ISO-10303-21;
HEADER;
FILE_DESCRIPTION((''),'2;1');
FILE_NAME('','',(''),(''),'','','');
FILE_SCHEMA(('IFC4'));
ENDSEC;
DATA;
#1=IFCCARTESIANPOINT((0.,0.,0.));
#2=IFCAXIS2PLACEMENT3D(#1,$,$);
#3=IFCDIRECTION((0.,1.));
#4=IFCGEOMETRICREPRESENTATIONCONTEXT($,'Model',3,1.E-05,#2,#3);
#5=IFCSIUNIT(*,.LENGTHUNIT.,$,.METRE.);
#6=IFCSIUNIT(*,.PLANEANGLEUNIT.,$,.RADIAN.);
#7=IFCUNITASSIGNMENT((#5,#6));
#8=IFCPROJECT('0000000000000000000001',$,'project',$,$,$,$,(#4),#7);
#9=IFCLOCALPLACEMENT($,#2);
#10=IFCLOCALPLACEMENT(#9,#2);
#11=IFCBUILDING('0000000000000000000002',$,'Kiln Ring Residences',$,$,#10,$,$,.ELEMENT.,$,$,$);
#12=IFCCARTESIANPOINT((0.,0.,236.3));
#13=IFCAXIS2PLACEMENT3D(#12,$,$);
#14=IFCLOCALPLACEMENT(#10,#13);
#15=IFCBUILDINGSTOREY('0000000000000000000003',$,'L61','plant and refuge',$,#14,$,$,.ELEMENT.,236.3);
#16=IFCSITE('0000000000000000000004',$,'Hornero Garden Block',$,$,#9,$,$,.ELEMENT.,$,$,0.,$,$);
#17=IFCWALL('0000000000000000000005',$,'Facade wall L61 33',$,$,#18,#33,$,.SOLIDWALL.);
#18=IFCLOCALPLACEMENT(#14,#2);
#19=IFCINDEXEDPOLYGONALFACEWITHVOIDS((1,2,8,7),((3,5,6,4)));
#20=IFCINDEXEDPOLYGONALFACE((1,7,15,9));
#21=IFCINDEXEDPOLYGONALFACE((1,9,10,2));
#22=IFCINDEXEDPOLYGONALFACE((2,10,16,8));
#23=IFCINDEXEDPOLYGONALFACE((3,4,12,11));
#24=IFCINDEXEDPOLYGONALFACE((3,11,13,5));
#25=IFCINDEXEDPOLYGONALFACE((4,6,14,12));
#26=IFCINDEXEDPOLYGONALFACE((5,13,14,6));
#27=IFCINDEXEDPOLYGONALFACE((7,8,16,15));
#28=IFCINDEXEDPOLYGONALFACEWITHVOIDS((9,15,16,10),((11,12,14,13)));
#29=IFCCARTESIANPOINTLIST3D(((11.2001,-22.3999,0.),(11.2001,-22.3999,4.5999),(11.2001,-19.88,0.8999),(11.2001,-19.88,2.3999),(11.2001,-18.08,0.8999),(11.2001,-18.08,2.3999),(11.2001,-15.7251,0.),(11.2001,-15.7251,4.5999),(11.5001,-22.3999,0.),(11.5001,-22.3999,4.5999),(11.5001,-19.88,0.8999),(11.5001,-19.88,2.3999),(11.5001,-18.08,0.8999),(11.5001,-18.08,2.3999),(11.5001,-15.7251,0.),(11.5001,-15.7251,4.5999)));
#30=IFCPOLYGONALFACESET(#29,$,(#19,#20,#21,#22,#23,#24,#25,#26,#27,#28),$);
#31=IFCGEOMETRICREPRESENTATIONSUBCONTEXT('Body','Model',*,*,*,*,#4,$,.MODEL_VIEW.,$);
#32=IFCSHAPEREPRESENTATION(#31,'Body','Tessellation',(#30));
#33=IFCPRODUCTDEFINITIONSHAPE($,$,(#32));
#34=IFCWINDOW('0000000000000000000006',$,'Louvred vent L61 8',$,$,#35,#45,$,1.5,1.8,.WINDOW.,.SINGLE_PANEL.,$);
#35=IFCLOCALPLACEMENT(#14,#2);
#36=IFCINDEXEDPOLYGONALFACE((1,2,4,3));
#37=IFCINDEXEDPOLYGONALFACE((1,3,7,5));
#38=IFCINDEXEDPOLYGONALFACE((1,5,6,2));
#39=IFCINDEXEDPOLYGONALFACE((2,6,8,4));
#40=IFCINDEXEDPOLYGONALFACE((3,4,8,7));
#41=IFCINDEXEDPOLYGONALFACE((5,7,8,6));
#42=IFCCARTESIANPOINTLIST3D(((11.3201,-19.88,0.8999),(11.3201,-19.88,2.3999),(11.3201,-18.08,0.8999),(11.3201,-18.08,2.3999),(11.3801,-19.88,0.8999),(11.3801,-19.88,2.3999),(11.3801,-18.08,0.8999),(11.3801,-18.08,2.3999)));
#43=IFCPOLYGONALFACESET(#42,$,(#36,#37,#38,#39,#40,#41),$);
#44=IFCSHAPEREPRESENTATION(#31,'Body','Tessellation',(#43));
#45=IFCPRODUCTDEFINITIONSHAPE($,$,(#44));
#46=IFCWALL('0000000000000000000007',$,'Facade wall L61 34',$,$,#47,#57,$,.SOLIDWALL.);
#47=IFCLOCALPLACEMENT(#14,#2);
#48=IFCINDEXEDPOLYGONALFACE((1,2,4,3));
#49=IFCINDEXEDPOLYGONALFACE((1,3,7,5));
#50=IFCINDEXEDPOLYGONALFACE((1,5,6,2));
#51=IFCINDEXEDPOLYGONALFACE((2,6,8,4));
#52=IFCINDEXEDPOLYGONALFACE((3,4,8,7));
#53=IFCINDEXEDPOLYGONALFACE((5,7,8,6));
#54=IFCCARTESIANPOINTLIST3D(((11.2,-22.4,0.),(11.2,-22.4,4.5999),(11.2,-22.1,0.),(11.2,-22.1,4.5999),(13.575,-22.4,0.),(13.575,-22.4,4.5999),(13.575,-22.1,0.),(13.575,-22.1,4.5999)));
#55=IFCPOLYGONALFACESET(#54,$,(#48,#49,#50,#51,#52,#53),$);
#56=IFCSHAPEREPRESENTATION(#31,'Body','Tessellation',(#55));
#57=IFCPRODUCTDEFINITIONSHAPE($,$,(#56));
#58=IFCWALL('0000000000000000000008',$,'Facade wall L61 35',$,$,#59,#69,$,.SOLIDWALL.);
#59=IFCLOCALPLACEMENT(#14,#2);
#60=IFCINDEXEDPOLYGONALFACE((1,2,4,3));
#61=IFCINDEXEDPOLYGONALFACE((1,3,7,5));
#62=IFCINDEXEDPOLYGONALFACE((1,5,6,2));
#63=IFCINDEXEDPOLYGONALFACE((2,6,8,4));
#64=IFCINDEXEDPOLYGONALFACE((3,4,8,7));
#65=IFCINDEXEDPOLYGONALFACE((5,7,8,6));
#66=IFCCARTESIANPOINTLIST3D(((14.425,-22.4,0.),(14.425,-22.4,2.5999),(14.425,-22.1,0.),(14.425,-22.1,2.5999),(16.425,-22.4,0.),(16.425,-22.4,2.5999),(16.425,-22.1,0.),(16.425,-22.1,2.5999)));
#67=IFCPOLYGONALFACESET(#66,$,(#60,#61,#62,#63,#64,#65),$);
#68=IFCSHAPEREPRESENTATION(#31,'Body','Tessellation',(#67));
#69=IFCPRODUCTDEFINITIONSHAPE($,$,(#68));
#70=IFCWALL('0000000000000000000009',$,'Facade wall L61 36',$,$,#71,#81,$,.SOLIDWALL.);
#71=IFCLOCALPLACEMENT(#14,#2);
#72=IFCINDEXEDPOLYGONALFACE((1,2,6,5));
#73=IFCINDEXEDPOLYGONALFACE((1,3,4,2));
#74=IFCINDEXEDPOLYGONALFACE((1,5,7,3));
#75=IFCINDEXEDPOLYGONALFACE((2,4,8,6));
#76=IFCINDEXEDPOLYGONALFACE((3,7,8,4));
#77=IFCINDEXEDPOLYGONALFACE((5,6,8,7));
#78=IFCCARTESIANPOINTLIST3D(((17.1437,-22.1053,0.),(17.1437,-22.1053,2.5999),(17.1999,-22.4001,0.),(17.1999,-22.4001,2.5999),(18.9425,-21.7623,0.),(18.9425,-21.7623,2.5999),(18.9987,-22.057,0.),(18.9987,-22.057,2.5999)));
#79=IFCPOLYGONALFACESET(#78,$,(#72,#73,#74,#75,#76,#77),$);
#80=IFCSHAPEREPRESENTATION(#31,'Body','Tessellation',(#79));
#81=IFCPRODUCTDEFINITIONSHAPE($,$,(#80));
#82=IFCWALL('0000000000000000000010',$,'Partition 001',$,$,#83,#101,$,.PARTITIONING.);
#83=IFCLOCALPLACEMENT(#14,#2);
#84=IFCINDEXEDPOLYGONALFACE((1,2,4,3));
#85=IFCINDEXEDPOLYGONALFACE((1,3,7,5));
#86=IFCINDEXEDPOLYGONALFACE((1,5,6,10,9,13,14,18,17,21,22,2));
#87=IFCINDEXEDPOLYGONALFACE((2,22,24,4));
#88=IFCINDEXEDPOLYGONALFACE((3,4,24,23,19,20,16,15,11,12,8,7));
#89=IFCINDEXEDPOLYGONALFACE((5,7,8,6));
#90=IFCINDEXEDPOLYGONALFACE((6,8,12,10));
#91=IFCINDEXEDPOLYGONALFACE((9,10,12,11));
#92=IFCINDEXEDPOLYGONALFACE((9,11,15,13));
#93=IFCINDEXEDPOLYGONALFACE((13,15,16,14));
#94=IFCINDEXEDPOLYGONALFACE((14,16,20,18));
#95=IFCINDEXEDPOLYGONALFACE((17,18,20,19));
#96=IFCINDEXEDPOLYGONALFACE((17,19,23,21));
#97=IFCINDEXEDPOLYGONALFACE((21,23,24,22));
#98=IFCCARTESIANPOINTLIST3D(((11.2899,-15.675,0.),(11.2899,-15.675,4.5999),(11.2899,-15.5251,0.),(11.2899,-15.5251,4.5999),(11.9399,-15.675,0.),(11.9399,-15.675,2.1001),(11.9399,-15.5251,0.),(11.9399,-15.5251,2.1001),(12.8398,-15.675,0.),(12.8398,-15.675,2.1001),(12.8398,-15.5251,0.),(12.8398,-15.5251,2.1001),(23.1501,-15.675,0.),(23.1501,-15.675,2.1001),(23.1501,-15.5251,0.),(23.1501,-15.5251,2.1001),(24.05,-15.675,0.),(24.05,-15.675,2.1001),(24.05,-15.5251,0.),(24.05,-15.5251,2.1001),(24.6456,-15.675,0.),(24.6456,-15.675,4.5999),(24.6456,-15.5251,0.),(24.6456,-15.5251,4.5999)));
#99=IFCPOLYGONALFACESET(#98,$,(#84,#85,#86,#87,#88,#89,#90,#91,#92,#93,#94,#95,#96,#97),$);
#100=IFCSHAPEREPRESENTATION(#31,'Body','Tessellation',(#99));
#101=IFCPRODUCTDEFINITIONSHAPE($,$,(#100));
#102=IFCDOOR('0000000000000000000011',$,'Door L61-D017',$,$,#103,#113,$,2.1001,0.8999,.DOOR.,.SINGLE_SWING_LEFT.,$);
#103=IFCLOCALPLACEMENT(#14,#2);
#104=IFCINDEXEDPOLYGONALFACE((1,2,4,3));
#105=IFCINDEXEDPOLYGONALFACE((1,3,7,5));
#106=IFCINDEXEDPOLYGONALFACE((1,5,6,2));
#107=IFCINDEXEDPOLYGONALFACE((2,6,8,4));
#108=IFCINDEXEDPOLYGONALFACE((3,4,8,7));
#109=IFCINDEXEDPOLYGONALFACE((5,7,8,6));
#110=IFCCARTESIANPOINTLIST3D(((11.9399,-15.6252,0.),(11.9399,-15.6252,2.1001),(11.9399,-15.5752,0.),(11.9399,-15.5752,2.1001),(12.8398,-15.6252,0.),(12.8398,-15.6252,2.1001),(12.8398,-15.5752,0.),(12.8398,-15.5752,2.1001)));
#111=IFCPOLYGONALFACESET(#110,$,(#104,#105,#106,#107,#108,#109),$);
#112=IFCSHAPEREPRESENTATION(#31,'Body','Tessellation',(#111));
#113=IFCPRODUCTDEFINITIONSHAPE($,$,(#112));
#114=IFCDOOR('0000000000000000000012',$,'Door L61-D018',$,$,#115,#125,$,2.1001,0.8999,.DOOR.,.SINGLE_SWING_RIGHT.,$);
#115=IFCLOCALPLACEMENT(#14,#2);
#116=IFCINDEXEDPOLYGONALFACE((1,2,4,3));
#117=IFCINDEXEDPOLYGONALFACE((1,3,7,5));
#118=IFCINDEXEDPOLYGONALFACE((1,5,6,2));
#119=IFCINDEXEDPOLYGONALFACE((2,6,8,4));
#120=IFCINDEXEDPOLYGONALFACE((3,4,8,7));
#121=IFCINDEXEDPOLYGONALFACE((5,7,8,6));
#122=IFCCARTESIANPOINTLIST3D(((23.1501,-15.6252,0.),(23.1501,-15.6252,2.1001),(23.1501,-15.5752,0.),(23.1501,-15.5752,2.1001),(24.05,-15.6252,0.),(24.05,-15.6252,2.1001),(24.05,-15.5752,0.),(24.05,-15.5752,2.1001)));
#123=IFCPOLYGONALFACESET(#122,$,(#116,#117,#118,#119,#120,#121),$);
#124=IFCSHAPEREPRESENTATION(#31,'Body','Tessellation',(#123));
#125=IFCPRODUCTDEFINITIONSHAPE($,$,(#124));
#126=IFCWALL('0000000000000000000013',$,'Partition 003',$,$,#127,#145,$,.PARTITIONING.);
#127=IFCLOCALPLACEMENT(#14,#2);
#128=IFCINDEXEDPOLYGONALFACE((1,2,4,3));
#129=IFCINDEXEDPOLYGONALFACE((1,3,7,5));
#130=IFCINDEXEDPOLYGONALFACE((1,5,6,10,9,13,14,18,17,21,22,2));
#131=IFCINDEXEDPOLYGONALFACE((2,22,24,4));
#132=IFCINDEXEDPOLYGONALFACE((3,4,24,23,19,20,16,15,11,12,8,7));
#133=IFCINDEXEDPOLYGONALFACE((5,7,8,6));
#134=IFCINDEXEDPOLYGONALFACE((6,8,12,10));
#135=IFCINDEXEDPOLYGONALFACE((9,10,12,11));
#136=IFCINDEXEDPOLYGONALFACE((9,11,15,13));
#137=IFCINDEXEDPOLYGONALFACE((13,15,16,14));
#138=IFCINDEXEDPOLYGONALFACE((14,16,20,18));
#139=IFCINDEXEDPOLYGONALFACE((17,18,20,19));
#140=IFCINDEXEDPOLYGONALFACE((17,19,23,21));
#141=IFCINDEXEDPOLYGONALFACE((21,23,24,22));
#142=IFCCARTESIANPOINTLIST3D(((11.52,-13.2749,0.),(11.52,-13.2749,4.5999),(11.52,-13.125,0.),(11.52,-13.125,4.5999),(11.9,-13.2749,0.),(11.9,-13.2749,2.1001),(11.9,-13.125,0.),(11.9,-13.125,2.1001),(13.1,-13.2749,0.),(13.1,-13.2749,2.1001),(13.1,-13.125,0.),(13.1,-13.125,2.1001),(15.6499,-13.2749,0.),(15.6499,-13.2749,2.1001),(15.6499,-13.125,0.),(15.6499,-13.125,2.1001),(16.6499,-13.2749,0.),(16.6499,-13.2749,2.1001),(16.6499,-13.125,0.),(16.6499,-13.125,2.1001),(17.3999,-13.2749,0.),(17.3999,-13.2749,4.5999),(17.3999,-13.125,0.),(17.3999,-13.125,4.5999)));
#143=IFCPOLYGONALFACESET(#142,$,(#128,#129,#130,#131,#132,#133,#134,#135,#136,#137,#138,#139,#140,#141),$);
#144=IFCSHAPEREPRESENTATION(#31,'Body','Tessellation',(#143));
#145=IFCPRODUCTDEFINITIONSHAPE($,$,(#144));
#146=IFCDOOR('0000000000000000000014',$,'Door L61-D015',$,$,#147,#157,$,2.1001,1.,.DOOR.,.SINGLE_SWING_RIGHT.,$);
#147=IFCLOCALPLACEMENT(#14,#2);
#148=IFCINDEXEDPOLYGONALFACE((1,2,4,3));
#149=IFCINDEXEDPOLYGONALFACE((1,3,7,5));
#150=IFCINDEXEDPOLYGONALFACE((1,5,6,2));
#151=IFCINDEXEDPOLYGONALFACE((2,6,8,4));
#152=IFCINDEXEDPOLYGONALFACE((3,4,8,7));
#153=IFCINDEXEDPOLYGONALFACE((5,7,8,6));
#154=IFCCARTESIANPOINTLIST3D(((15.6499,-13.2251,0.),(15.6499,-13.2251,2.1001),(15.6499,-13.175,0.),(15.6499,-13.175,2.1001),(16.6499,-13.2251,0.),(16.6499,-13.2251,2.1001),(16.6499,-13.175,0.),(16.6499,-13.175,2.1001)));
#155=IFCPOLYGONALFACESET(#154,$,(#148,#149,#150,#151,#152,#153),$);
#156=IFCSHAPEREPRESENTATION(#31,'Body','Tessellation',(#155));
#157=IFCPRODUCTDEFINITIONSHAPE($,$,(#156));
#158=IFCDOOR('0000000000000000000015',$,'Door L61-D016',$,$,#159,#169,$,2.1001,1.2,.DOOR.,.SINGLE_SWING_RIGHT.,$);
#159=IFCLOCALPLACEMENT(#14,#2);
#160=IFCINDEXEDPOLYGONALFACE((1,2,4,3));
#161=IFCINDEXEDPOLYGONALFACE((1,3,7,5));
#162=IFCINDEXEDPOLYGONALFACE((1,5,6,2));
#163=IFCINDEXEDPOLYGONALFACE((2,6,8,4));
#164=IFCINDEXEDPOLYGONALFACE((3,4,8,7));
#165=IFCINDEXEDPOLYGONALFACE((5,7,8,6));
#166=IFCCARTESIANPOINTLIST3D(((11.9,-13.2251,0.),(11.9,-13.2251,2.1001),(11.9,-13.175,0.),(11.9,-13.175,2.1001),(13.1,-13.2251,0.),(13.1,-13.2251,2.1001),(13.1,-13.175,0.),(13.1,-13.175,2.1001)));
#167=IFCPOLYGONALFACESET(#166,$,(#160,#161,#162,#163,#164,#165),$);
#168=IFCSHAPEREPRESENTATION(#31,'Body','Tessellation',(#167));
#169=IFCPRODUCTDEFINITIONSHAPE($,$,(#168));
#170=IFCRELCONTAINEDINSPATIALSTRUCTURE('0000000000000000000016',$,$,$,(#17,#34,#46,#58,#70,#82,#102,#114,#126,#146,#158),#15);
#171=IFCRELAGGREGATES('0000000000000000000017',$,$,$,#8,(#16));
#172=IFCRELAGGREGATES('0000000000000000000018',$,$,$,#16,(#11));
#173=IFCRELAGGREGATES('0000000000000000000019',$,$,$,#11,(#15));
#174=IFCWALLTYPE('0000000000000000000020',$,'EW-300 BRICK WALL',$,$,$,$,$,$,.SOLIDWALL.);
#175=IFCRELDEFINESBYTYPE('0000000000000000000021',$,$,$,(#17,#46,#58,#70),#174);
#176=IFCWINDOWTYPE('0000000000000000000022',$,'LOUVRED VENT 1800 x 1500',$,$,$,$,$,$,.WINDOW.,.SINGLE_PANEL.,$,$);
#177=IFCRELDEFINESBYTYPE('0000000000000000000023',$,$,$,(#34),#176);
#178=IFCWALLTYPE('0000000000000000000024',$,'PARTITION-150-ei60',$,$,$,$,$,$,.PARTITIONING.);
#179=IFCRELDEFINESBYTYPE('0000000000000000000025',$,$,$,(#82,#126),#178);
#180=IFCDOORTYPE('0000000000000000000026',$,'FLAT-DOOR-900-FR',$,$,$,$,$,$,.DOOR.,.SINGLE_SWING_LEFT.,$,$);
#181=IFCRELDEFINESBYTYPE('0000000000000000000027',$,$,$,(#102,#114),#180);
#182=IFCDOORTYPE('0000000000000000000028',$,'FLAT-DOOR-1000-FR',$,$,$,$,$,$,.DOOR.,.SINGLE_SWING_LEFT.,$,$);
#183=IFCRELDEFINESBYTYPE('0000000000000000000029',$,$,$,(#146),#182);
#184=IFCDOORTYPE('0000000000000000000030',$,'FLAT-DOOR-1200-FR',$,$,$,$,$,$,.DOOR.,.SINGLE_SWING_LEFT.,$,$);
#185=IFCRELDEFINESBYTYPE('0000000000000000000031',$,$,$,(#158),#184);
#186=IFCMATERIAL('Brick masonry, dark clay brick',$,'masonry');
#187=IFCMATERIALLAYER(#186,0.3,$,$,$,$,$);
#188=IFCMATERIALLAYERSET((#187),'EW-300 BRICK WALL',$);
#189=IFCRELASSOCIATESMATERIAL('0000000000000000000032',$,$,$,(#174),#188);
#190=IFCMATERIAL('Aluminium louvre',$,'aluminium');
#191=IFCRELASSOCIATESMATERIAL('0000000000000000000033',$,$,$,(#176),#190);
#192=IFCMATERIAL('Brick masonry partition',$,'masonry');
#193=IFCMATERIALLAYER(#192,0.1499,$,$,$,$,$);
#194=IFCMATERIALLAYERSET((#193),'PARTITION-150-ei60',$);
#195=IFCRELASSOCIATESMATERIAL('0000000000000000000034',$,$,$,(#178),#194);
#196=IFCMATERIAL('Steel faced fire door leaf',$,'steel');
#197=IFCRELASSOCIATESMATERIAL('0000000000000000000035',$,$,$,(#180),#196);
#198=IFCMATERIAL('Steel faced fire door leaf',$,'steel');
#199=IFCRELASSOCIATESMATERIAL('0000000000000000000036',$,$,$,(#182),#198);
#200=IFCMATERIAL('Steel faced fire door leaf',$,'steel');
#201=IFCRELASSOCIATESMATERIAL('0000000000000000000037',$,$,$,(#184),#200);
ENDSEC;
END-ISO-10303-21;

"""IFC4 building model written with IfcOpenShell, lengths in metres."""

from ifc_helpers import new_model, si_unit, direction, frame, frame_2d, origin, place, context, subcontext, project, spatial, rectangle, extrude, material, layer, layer_set, type_object, element, fill, save


model = new_model("IFC4")

# Units and contexts
model_context = context("Model", 3, precision=1e-05, world=origin(), true_north=direction((0.0, 1.0)))
body_context = subcontext(model_context, "Body", "Model", "MODEL_VIEW")
ifc_project = project(units=[si_unit("LENGTHUNIT", "METRE"), si_unit("PLANEANGLEUNIT", "RADIAN")], contexts=[model_context])

# Site, building, storey
site_placement = place(None, origin())
site = spatial("IfcSite", under=ifc_project, at=site_placement, Name="Hornero Garden Block", CompositionType="ELEMENT", RefElevation=0.0)
building_placement = place(site_placement, origin())
building = spatial("IfcBuilding", under=site, at=building_placement, Name="Kiln Ring Residences", CompositionType="ELEMENT")
storey_placement = place(building_placement, frame((0.0, 0.0, 236.3)))
storey = spatial("IfcBuildingStorey", under=building, at=storey_placement, Name="L61", Description="plant and refuge", CompositionType="ELEMENT", Elevation=236.3)

# Wall, opening, window
ifc_material_1 = material(Name="Brick masonry, dark clay brick", Category="masonry")
ifc_layer_1 = layer(ifc_material_1, 0.3)
ifc_layer_set_1 = layer_set([ifc_layer_1], Name="EW-300 BRICK WALL")
wall_type_1 = type_object("IfcWallType", Name="EW-300 BRICK WALL", PredefinedType="SOLIDWALL", material=ifc_layer_set_1)
wall_1_placement = place(storey_placement, frame((11.3501, -15.7251, 0.0), z_axis=(0.0, 0.0, 1.0), x_axis=(0.0, -1.0, 0.0)))
wall_1 = element("IfcWall", 1, at=wall_1_placement, inside=storey, type_object=wall_type_1, Name="Facade wall L61 33", PredefinedType="SOLIDWALL", context=body_context, shape_type="SweptSolid", body=[
    extrude(rectangle(XDim=6.6748, YDim=0.3, at=frame_2d((3.3374, 0.0))), origin(), (0.0, 0.0, 1.0), 4.5999),
])
opening_1_placement = place(wall_1_placement, frame((2.355, 0.0, 0.8999)))
opening_1 = element("IfcOpeningElement", 2, at=opening_1_placement, cuts=wall_1, PredefinedType="OPENING", context=body_context, shape_type="SweptSolid", body=[
    extrude(rectangle(XDim=1.8, YDim=1.5, at=frame_2d((0.8999, 0.75))), frame((0.0, 0.1599, 0.0), z_axis=(0.0, -1.0, 0.0), x_axis=(1.0, 0.0, 0.0)), (0.0, 0.0, 1.0), 0.3201),
])
ifc_material_2 = material(Name="Aluminium louvre", Category="aluminium")
window_type = type_object("IfcWindowType", Name="LOUVRED VENT 1800 x 1500", PartitioningType="SINGLE_PANEL", PredefinedType="WINDOW", material=ifc_material_2)
window_placement = place(opening_1_placement, origin())
window = element("IfcWindow", 3, at=window_placement, inside=storey, type_object=window_type, Name="Louvred vent L61 8", OverallHeight=1.5, OverallWidth=1.8, PartitioningType="SINGLE_PANEL", PredefinedType="WINDOW", context=body_context, shape_type="SweptSolid", body=[
    extrude(rectangle(XDim=1.8, YDim=1.5, at=frame_2d((0.8999, 0.75))), frame((0.0, 0.03, 0.0), z_axis=(0.0, -1.0, 0.0), x_axis=(1.0, 0.0, 0.0)), (0.0, 0.0, 1.0), 0.0601),
])
fill(opening_1, window)

# Walls
wall_2_placement = place(storey_placement, frame((11.2, -22.25, 0.0), z_axis=(0.0, 0.0, 1.0), x_axis=(1.0, 0.0, 0.0)))
element("IfcWall", 4, at=wall_2_placement, inside=storey, type_object=wall_type_1, Name="Facade wall L61 34", PredefinedType="SOLIDWALL", context=body_context, shape_type="SweptSolid", body=[
    extrude(rectangle(XDim=2.375, YDim=0.3, at=frame_2d((1.1875, 0.0))), origin(), (0.0, 0.0, 1.0), 4.5999),
])
wall_3_placement = place(storey_placement, frame((14.425, -22.25, 0.0), z_axis=(0.0, 0.0, 1.0), x_axis=(1.0, 0.0, 0.0)))
element("IfcWall", 5, at=wall_3_placement, inside=storey, type_object=wall_type_1, Name="Facade wall L61 35", PredefinedType="SOLIDWALL", context=body_context, shape_type="SweptSolid", body=[
    extrude(rectangle(XDim=2.0, YDim=0.3, at=frame_2d((1.0, 0.0))), origin(), (0.0, 0.0, 1.0), 2.5999),
])
wall_4_placement = place(storey_placement, frame((17.1719, -22.2527, 0.0), z_axis=(0.0, 0.0, 1.0), x_axis=(0.9823, 0.187314, 0.0)))
element("IfcWall", 6, at=wall_4_placement, inside=storey, type_object=wall_type_1, Name="Facade wall L61 36", PredefinedType="SOLIDWALL", context=body_context, shape_type="SweptSolid", body=[
    extrude(rectangle(XDim=1.8313, YDim=0.3, at=frame_2d((0.9155, 0.0))), origin(), (0.0, 0.0, 1.0), 2.5999),
])

# Walls, openings, doors
ifc_material_3 = material(Name="Brick masonry partition", Category="masonry")
ifc_layer_2 = layer(ifc_material_3, 0.1499)
ifc_layer_set_2 = layer_set([ifc_layer_2], Name="PARTITION-150-ei60")
wall_type_2 = type_object("IfcWallType", Name="PARTITION-150-ei60", PredefinedType="PARTITIONING", material=ifc_layer_set_2)
wall_5_placement = place(storey_placement, frame((11.29, -15.6001, 0.0), z_axis=(0.0, 0.0, 1.0), x_axis=(1.0, 0.0, 0.0)))
wall_5 = element("IfcWall", 7, at=wall_5_placement, inside=storey, type_object=wall_type_2, Name="Partition 001", PredefinedType="PARTITIONING", context=body_context, shape_type="SweptSolid", body=[
    extrude(rectangle(XDim=13.3557, YDim=0.1499, at=frame_2d((6.6777, 0.0))), origin(), (0.0, 0.0, 1.0), 4.5999),
])
opening_2_placement = place(wall_5_placement, frame((0.6499, 0.0, 0.0)))
opening_2 = element("IfcOpeningElement", 8, at=opening_2_placement, cuts=wall_5, PredefinedType="OPENING", context=body_context, shape_type="SweptSolid", body=[
    extrude(rectangle(XDim=0.8999, YDim=2.1001, at=frame_2d((0.45, 1.05))), frame((0.0, 0.085, 0.0), z_axis=(0.0, -1.0, 0.0), x_axis=(1.0, 0.0, 0.0)), (0.0, 0.0, 1.0), 0.1699),
])
opening_3_placement = place(wall_5_placement, frame((11.8601, 0.0, 0.0)))
opening_3 = element("IfcOpeningElement", 9, at=opening_3_placement, cuts=wall_5, PredefinedType="OPENING", context=body_context, shape_type="SweptSolid", body=[
    extrude(rectangle(XDim=0.8999, YDim=2.1001, at=frame_2d((0.45, 1.05))), frame((0.0, 0.085, 0.0), z_axis=(0.0, -1.0, 0.0), x_axis=(1.0, 0.0, 0.0)), (0.0, 0.0, 1.0), 0.1699),
])
ifc_material_4 = material(Name="Steel faced fire door leaf", Category="steel")
door_type_1 = type_object("IfcDoorType", Name="FLAT-DOOR-900-FR", OperationType="SINGLE_SWING_LEFT", PredefinedType="DOOR", material=ifc_material_4)
door_1_placement = place(opening_2_placement, origin())
door_1 = element("IfcDoor", 10, at=door_1_placement, inside=storey, type_object=door_type_1, Name="Door L61-D017", OperationType="SINGLE_SWING_LEFT", OverallHeight=2.1001, OverallWidth=0.8999, PredefinedType="DOOR", context=body_context, shape_type="SweptSolid", body=[
    extrude(rectangle(XDim=0.8999, YDim=2.1001, at=frame_2d((0.45, 1.05))), frame((0.0, 0.0249, 0.0), z_axis=(0.0, -1.0, 0.0), x_axis=(1.0, 0.0, 0.0)), (0.0, 0.0, 1.0), 0.05),
])
fill(opening_2, door_1)
door_2_placement = place(opening_3_placement, origin())
door_2 = element("IfcDoor", 11, at=door_2_placement, inside=storey, type_object=door_type_1, Name="Door L61-D018", OperationType="SINGLE_SWING_RIGHT", OverallHeight=2.1001, OverallWidth=0.8999, PredefinedType="DOOR", context=body_context, shape_type="SweptSolid", body=[
    extrude(rectangle(XDim=0.8999, YDim=2.1001, at=frame_2d((0.45, 1.05))), frame((0.0, 0.0249, 0.0), z_axis=(0.0, -1.0, 0.0), x_axis=(1.0, 0.0, 0.0)), (0.0, 0.0, 1.0), 0.05),
])
fill(opening_3, door_2)
wall_6_placement = place(storey_placement, frame((11.52, -13.2, 0.0), z_axis=(0.0, 0.0, 1.0), x_axis=(1.0, 0.0, 0.0)))
wall_6 = element("IfcWall", 12, at=wall_6_placement, inside=storey, type_object=wall_type_2, Name="Partition 003", PredefinedType="PARTITIONING", context=body_context, shape_type="SweptSolid", body=[
    extrude(rectangle(XDim=5.8799, YDim=0.1499, at=frame_2d((2.9399, 0.0))), origin(), (0.0, 0.0, 1.0), 4.5999),
])
opening_4_placement = place(wall_6_placement, frame((4.1299, 0.0, 0.0)))
opening_4 = element("IfcOpeningElement", 13, at=opening_4_placement, cuts=wall_6, PredefinedType="OPENING", context=body_context, shape_type="SweptSolid", body=[
    extrude(rectangle(XDim=1.0, YDim=2.1001, at=frame_2d((0.5, 1.05))), frame((0.0, 0.085, 0.0), z_axis=(0.0, -1.0, 0.0), x_axis=(1.0, 0.0, 0.0)), (0.0, 0.0, 1.0), 0.1699),
])
opening_5_placement = place(wall_6_placement, frame((0.3799, 0.0, 0.0)))
opening_5 = element("IfcOpeningElement", 14, at=opening_5_placement, cuts=wall_6, PredefinedType="OPENING", context=body_context, shape_type="SweptSolid", body=[
    extrude(rectangle(XDim=1.2, YDim=2.1001, at=frame_2d((0.6001, 1.05))), frame((0.0, 0.085, 0.0), z_axis=(0.0, -1.0, 0.0), x_axis=(1.0, 0.0, 0.0)), (0.0, 0.0, 1.0), 0.1699),
])
ifc_material_5 = material(Name="Steel faced fire door leaf", Category="steel")
door_type_2 = type_object("IfcDoorType", Name="FLAT-DOOR-1000-FR", OperationType="SINGLE_SWING_LEFT", PredefinedType="DOOR", material=ifc_material_5)
door_3_placement = place(opening_4_placement, origin())
door_3 = element("IfcDoor", 15, at=door_3_placement, inside=storey, type_object=door_type_2, Name="Door L61-D015", OperationType="SINGLE_SWING_RIGHT", OverallHeight=2.1001, OverallWidth=1.0, PredefinedType="DOOR", context=body_context, shape_type="SweptSolid", body=[
    extrude(rectangle(XDim=1.0, YDim=2.1001, at=frame_2d((0.5, 1.05))), frame((0.0, 0.0249, 0.0), z_axis=(0.0, -1.0, 0.0), x_axis=(1.0, 0.0, 0.0)), (0.0, 0.0, 1.0), 0.05),
])
fill(opening_4, door_3)
ifc_material_6 = material(Name="Steel faced fire door leaf", Category="steel")
door_type_3 = type_object("IfcDoorType", Name="FLAT-DOOR-1200-FR", OperationType="SINGLE_SWING_LEFT", PredefinedType="DOOR", material=ifc_material_6)
door_4_placement = place(opening_5_placement, origin())
door_4 = element("IfcDoor", 16, at=door_4_placement, inside=storey, type_object=door_type_3, Name="Door L61-D016", OperationType="SINGLE_SWING_RIGHT", OverallHeight=2.1001, OverallWidth=1.2, PredefinedType="DOOR", context=body_context, shape_type="SweptSolid", body=[
    extrude(rectangle(XDim=1.2, YDim=2.1001, at=frame_2d((0.6001, 1.05))), frame((0.0, 0.0249, 0.0), z_axis=(0.0, -1.0, 0.0), x_axis=(1.0, 0.0, 0.0)), (0.0, 0.0, 1.0), 0.05),
])
fill(opening_5, door_4)

save(model, "model.ifc")
